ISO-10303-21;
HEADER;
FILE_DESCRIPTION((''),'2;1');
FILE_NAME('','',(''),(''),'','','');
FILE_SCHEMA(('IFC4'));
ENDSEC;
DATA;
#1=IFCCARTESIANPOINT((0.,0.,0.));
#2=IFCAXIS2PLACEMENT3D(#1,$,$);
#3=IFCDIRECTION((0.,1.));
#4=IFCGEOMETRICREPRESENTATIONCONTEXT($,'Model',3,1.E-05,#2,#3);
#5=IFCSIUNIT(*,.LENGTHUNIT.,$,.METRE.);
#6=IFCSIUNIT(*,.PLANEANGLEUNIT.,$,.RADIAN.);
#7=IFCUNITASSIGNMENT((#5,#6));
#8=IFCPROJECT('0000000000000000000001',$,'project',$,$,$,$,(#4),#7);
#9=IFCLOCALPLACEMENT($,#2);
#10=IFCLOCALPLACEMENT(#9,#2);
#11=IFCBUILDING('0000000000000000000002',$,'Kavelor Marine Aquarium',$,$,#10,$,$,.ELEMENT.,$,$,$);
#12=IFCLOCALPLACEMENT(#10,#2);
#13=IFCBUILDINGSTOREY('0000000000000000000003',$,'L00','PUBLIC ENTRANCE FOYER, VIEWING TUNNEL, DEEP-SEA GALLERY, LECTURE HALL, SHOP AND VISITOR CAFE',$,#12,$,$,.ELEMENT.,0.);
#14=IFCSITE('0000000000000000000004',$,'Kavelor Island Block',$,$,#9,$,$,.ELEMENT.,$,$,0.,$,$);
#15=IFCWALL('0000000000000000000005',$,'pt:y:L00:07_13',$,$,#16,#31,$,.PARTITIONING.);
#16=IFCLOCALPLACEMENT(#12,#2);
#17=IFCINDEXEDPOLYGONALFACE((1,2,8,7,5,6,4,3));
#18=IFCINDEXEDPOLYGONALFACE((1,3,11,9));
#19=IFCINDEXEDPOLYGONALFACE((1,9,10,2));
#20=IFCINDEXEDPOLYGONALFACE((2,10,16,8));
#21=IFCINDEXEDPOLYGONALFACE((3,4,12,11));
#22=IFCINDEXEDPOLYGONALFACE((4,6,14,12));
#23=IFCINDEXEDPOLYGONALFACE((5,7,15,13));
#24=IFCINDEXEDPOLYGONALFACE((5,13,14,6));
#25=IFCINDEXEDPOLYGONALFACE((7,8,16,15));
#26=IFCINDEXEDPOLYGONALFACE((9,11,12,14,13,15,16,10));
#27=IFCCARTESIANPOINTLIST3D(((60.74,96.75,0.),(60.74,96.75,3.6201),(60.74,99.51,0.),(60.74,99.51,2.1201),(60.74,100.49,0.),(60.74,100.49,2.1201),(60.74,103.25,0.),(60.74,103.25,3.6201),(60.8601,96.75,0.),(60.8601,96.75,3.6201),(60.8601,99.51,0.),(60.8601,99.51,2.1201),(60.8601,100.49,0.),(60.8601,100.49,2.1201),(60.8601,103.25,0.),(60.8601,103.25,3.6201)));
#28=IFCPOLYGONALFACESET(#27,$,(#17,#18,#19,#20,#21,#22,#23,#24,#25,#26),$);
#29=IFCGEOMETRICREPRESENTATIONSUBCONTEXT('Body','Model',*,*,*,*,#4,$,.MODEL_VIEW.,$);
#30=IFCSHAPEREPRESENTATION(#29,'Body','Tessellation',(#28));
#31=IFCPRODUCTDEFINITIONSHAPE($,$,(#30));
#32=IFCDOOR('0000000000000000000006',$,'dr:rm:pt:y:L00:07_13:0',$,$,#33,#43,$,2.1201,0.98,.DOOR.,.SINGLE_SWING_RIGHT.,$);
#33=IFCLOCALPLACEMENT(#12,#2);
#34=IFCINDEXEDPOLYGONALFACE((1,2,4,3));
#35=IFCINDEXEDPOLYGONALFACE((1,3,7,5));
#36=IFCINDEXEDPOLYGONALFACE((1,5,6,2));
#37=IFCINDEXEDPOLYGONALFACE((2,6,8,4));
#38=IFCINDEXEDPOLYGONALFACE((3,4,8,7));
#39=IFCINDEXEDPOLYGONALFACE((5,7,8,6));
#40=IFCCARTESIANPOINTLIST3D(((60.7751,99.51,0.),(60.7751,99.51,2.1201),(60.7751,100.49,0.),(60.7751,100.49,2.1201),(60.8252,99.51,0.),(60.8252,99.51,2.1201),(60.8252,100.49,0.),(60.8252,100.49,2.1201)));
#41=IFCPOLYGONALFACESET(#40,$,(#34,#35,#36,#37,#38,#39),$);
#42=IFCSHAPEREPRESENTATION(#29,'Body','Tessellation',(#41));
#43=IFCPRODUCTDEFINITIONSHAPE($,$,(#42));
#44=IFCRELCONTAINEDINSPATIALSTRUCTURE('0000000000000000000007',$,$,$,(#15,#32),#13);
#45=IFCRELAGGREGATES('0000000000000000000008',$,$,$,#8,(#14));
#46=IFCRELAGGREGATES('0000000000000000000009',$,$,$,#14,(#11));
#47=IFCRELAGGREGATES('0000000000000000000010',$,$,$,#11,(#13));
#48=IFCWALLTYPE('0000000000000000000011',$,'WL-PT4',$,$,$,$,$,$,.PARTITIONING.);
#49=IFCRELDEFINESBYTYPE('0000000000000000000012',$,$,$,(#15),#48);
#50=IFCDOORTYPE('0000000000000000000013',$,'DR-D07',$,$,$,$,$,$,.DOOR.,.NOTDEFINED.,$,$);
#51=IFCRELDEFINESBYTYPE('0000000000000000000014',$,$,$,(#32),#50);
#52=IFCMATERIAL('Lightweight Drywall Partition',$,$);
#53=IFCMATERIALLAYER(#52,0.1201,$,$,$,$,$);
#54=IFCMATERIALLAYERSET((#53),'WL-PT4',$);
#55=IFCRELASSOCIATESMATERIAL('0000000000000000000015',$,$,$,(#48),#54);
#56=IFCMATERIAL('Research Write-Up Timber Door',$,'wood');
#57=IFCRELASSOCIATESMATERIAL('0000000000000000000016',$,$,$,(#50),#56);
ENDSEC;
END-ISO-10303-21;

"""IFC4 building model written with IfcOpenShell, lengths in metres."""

from ifc_helpers import new_model, si_unit, direction, frame, frame_2d, origin, place, context, subcontext, project, spatial, rectangle, extrude, material, layer, layer_set, type_object, element, fill, save


model = new_model("IFC4")

# Units and contexts
model_context = context("Model", 3, precision=1e-05, world=origin(), true_north=direction((0.0, 1.0)))
body_context = subcontext(model_context, "Body", "Model", "MODEL_VIEW")
ifc_project = project(units=[si_unit("LENGTHUNIT", "METRE"), si_unit("PLANEANGLEUNIT", "RADIAN")], contexts=[model_context])

# Site, building, storey
site_placement = place(None, origin())
site = spatial("IfcSite", under=ifc_project, at=site_placement, Name="Kavelor Island Block", CompositionType="ELEMENT", RefElevation=0.0)
building_placement = place(site_placement, origin())
building = spatial("IfcBuilding", under=site, at=building_placement, Name="Kavelor Marine Aquarium", CompositionType="ELEMENT")
storey_placement = place(building_placement, origin())
storey = spatial("IfcBuildingStorey", under=building, at=storey_placement, Name="L00", Description="PUBLIC ENTRANCE FOYER, VIEWING TUNNEL, DEEP-SEA GALLERY, LECTURE HALL, SHOP AND VISITOR CAFE", CompositionType="ELEMENT", Elevation=0.0)

# Wall, opening, door
ifc_material_1 = material(Name="Lightweight Drywall Partition")
ifc_layer_1 = layer(ifc_material_1, 0.1201)
ifc_layer_set_1 = layer_set([ifc_layer_1], Name="WL-PT4")
wall_type_1 = type_object("IfcWallType", Name="WL-PT4", PredefinedType="PARTITIONING", material=ifc_layer_set_1)
wall_1_placement = place(storey_placement, frame((60.8, 96.75, 0.0), z_axis=(0.0, 0.0, 1.0), x_axis=(0.0, 1.0, 0.0)))
wall_1 = element("IfcWall", 1, at=wall_1_placement, inside=storey, type_object=wall_type_1, Name="pt:y:L00:07_13", PredefinedType="PARTITIONING", context=body_context, shape_type="SweptSolid", body=[
    extrude(rectangle(XDim=6.5, YDim=0.1201, at=frame_2d((3.25, 0.0))), origin(), (0.0, 0.0, 1.0), 3.6201),
])
opening_1_placement = place(wall_1_placement, frame((2.76, 0.0, 0.0)))
opening_1 = element("IfcOpeningElement", 2, at=opening_1_placement, cuts=wall_1, PredefinedType="OPENING", context=body_context, shape_type="SweptSolid", body=[
    extrude(rectangle(XDim=0.98, YDim=2.1201, at=frame_2d((0.49, 1.0601))), frame((0.0, 0.0701, 0.0), z_axis=(0.0, -1.0, 0.0), x_axis=(1.0, 0.0, 0.0)), (0.0, 0.0, 1.0), 0.1401),
])
ifc_material_2 = material(Name="Research Write-Up Timber Door", Category="wood")
door_type_1 = type_object("IfcDoorType", Name="DR-D07", OperationType="NOTDEFINED", PredefinedType="DOOR", material=ifc_material_2)
door_1_placement = place(opening_1_placement, origin())
door_1 = element("IfcDoor", 3, at=door_1_placement, inside=storey, type_object=door_type_1, Name="dr:rm:pt:y:L00:07_13:0", OperationType="SINGLE_SWING_RIGHT", OverallHeight=2.1201, OverallWidth=0.98, PredefinedType="DOOR", context=body_context, shape_type="SweptSolid", body=[
    extrude(rectangle(XDim=0.98, YDim=2.1201, at=frame_2d((0.49, 1.0601))), frame((0.0, 0.0249, 0.0), z_axis=(0.0, -1.0, 0.0), x_axis=(1.0, 0.0, 0.0)), (0.0, 0.0, 1.0), 0.05),
])
fill(opening_1, door_1)

save(model, "model.ifc")
